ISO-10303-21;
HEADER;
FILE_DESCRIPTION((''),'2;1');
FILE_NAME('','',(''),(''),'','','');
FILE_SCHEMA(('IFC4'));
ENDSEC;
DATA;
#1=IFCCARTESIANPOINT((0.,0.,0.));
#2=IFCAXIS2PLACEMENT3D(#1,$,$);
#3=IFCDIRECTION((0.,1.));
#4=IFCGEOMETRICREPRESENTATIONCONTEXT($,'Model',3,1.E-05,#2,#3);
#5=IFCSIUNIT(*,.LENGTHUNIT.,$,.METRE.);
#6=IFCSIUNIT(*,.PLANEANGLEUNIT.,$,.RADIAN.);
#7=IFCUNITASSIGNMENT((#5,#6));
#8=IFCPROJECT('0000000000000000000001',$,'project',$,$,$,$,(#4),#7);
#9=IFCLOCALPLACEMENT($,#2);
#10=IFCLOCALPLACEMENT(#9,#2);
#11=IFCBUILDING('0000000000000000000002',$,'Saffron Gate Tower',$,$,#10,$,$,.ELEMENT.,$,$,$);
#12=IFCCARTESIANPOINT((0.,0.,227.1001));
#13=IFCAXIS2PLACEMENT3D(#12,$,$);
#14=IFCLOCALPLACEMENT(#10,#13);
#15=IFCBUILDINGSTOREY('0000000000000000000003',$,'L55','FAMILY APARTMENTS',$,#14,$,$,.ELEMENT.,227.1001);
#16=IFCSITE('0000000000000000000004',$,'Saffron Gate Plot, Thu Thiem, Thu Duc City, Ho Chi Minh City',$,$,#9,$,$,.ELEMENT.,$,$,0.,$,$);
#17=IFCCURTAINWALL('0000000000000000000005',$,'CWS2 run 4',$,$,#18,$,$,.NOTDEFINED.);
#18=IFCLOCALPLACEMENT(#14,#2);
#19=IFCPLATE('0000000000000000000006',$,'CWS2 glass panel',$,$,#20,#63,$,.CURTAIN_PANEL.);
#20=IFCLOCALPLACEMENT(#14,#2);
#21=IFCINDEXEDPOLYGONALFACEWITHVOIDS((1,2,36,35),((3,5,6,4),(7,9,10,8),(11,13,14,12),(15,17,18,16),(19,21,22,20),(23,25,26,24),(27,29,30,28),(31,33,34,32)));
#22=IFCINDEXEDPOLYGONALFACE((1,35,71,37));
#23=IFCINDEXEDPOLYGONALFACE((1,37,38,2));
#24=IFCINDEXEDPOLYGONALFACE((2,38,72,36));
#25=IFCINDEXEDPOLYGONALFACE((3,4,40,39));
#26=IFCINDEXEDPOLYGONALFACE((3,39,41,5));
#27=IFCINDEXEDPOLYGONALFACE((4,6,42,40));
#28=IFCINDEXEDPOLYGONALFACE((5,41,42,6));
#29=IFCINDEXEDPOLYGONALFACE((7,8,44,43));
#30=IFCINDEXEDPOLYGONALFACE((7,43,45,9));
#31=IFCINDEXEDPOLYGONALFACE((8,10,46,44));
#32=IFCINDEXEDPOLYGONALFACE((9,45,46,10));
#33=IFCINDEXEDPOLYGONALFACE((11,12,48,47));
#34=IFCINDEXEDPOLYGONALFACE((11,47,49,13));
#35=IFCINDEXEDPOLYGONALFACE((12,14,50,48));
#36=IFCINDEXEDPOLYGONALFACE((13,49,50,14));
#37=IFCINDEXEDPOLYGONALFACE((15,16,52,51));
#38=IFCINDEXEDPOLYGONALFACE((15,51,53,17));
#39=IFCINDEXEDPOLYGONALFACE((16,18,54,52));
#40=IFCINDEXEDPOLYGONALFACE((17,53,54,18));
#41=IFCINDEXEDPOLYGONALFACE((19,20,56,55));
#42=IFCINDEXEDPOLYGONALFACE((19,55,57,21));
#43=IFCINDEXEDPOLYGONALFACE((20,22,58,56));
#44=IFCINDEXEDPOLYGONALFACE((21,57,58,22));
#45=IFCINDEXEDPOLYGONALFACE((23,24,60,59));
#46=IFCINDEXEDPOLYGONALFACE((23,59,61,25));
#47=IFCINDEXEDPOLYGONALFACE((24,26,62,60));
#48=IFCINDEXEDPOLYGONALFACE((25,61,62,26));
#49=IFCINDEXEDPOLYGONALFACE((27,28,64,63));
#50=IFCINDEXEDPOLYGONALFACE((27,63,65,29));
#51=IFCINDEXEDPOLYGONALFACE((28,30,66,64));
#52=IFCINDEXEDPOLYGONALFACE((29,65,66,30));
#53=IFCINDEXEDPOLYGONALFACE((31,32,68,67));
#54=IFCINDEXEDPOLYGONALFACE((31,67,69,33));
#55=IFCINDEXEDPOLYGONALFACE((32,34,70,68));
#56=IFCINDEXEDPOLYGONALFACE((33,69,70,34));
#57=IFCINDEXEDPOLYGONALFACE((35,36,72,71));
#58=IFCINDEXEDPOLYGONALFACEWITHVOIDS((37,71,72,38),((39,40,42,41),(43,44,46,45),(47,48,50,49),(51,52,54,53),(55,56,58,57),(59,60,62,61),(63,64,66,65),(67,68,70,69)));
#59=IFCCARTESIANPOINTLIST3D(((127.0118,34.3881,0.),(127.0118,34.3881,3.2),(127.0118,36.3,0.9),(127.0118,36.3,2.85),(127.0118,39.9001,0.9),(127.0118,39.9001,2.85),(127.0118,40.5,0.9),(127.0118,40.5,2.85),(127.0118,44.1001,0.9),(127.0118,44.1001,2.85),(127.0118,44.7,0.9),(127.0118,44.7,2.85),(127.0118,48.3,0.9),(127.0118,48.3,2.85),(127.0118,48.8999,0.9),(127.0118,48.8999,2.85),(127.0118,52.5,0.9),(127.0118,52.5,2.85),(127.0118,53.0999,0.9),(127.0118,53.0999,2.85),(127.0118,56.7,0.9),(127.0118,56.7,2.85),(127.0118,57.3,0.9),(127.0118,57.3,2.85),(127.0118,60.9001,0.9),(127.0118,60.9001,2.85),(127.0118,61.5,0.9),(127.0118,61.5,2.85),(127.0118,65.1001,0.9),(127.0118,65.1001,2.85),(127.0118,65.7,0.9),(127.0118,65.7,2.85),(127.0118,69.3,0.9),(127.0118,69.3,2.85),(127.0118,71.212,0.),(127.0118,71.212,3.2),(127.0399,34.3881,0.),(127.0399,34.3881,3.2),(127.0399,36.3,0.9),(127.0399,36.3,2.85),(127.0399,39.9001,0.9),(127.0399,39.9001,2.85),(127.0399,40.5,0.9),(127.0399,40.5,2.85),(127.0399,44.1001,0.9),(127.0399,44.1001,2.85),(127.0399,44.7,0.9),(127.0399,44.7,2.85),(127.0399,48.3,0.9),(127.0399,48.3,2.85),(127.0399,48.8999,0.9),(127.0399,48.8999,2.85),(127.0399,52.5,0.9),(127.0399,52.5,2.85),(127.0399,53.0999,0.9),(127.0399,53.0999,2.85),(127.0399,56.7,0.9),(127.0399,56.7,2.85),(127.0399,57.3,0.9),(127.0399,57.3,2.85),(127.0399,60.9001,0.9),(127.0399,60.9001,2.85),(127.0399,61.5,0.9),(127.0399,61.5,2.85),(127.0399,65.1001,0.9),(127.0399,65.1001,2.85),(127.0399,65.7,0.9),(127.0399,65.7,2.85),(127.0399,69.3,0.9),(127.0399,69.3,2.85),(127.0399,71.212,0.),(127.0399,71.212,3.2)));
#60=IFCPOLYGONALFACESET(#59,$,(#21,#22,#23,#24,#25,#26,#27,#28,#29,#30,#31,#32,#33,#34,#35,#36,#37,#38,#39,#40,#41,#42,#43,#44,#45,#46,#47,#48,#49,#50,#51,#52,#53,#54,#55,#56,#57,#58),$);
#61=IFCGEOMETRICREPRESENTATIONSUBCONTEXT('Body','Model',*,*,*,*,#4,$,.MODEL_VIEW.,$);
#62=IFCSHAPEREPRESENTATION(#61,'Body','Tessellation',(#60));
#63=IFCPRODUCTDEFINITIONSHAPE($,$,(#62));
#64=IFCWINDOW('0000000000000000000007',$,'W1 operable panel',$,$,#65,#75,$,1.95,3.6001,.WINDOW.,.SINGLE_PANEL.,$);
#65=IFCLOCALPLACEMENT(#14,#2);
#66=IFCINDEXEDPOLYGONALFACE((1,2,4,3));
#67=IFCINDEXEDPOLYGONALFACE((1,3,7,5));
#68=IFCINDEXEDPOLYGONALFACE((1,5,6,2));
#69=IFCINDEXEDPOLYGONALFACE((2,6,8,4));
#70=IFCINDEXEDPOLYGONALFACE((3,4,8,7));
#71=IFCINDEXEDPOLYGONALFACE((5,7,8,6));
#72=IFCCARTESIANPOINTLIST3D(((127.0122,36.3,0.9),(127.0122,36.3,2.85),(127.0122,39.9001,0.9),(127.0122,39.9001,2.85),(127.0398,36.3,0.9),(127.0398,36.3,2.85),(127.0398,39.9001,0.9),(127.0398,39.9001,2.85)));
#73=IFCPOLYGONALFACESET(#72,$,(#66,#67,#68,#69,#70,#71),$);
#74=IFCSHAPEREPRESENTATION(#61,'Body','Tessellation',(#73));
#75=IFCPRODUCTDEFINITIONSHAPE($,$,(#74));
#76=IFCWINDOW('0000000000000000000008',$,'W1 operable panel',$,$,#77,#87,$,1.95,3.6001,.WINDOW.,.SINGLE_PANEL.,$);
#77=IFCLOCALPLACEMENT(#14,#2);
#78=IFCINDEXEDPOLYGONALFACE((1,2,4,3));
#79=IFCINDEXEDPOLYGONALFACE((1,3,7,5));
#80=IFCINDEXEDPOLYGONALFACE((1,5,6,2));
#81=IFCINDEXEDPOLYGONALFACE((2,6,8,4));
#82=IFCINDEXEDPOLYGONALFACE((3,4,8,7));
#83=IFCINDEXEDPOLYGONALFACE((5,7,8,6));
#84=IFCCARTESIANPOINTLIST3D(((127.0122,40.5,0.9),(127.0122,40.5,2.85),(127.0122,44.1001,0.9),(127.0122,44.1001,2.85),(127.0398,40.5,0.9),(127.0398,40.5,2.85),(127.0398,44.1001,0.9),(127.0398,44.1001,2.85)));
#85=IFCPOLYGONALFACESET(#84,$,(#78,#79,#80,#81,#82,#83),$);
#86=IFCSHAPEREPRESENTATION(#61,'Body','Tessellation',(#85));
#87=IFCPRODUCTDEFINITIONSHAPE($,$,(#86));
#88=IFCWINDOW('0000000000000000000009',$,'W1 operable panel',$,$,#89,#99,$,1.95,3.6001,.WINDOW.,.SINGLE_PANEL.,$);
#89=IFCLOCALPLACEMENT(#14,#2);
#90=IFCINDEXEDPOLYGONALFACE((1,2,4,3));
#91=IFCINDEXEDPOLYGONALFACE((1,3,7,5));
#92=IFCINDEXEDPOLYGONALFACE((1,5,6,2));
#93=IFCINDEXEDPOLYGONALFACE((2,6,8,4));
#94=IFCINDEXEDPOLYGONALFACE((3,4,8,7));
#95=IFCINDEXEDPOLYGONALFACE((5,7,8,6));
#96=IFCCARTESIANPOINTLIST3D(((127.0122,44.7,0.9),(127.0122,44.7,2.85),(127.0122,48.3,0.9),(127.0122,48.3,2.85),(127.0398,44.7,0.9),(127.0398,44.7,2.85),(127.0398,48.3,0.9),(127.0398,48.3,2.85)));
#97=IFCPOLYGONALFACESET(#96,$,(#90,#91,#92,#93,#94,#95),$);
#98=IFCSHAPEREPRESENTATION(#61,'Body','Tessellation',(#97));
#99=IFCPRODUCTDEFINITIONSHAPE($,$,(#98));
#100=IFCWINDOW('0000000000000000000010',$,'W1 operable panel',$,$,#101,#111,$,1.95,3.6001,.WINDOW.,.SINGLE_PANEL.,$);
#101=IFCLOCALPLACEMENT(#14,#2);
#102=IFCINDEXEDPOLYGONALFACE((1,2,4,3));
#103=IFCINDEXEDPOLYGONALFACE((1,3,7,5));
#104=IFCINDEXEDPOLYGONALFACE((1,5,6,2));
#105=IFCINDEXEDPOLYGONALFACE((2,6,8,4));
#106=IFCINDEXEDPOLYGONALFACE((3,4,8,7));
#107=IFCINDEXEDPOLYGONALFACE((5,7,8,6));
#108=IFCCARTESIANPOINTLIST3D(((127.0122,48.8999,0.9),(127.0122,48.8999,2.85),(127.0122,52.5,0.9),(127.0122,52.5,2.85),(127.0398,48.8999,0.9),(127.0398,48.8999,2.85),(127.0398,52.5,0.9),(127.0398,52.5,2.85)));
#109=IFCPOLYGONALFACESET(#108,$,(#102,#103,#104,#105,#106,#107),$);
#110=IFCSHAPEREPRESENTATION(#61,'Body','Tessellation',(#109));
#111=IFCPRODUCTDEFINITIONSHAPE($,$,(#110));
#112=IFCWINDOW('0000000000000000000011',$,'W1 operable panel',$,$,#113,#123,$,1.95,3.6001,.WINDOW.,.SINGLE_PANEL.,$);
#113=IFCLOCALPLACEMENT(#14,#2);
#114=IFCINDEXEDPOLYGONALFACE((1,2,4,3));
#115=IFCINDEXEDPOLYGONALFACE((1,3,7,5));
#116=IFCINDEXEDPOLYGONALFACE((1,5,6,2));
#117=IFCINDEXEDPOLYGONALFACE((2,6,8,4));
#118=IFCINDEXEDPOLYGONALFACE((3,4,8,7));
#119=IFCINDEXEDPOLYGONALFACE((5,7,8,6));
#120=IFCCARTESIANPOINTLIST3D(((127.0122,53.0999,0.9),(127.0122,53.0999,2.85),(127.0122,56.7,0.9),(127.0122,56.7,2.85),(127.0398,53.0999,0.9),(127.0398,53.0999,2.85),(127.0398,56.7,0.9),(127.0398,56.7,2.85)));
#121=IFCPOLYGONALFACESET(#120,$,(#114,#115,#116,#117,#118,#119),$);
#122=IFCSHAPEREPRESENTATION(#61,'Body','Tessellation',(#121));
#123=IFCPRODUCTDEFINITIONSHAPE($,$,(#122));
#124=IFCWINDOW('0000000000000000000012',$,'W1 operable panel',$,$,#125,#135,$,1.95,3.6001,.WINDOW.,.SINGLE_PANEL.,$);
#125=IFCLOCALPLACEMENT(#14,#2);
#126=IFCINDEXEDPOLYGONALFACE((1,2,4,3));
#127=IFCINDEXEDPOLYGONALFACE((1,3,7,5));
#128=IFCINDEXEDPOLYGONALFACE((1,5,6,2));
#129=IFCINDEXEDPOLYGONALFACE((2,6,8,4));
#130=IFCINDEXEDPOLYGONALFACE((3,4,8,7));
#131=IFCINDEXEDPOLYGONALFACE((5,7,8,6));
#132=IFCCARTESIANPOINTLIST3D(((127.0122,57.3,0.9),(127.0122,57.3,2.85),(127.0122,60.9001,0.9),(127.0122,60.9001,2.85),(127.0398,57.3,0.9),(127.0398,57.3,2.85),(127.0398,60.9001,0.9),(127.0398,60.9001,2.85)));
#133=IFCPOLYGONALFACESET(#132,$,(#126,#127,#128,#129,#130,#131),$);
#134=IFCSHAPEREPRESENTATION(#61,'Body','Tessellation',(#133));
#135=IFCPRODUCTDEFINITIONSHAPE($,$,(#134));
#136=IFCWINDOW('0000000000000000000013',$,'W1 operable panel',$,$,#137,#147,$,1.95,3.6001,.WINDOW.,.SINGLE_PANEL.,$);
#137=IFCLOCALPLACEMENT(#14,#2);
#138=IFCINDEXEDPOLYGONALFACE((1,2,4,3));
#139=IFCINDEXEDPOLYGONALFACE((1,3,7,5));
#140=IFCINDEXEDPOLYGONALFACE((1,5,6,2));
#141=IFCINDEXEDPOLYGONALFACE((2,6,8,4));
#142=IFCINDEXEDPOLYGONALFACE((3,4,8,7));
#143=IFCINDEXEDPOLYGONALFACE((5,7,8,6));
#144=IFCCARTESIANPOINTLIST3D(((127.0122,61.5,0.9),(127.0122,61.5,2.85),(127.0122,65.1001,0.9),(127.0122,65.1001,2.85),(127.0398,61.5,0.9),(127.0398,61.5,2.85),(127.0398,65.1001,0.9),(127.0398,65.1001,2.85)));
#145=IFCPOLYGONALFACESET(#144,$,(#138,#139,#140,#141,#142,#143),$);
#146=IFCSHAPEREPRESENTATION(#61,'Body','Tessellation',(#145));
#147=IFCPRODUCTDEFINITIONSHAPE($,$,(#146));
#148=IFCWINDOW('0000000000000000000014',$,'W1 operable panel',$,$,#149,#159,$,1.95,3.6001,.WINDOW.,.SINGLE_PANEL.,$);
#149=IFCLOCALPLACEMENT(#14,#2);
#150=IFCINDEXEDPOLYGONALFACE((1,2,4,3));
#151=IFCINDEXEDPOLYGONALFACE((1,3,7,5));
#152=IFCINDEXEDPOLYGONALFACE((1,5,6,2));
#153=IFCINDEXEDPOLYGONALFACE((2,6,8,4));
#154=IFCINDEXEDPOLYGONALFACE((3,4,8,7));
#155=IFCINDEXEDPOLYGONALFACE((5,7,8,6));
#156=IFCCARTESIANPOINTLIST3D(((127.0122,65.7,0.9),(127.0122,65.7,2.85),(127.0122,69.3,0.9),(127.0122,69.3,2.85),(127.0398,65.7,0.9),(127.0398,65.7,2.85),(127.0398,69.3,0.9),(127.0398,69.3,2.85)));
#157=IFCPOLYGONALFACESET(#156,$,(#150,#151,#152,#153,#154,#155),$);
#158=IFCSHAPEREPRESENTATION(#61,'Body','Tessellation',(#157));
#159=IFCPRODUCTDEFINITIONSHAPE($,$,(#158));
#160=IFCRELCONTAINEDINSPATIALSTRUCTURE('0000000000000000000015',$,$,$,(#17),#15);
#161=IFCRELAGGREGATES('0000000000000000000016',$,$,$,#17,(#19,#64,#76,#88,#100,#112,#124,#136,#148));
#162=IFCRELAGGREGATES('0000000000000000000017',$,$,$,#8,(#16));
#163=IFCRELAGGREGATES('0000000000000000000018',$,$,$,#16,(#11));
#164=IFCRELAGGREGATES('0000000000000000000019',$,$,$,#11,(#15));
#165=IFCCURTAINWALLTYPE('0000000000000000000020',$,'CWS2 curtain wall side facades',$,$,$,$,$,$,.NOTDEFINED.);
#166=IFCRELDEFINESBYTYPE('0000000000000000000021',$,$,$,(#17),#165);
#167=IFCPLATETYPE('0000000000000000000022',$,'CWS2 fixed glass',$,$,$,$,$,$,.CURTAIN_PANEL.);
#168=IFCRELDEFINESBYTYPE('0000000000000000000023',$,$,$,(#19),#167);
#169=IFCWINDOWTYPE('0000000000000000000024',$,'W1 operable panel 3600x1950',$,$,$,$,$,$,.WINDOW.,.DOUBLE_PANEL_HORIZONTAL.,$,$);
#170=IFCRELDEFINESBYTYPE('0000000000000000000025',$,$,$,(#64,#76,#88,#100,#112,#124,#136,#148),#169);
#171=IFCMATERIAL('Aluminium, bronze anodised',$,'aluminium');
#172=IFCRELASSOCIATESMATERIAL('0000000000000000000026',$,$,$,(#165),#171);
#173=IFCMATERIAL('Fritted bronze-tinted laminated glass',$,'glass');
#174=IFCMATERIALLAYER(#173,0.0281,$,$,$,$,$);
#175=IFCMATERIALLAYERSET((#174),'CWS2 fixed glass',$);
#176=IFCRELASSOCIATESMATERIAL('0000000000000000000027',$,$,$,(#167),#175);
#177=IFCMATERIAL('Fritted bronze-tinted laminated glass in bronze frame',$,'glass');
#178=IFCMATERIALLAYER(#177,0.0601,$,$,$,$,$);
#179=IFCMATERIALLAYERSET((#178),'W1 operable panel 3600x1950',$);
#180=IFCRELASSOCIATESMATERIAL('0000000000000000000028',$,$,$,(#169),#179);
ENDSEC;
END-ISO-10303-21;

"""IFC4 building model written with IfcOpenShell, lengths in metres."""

from ifc_helpers import new_model, si_unit, direction, frame, frame_2d, origin, place, context, subcontext, project, spatial, rectangle, extrude, material, layer, layer_set, type_object, element, fill, aggregate, save


model = new_model("IFC4")

# Units and contexts
model_context = context("Model", 3, precision=1e-05, world=origin(), true_north=direction((0.0, 1.0)))
body_context = subcontext(model_context, "Body", "Model", "MODEL_VIEW")
ifc_project = project(units=[si_unit("LENGTHUNIT", "METRE"), si_unit("PLANEANGLEUNIT", "RADIAN")], contexts=[model_context])

# Site, building, storey
site_placement = place(None, origin())
site = spatial("IfcSite", under=ifc_project, at=site_placement, Name="Saffron Gate Plot, Thu Thiem, Thu Duc City, Ho Chi Minh City", CompositionType="ELEMENT", RefElevation=0.0)
building_placement = place(site_placement, origin())
building = spatial("IfcBuilding", under=site, at=building_placement, Name="Saffron Gate Tower", CompositionType="ELEMENT")
storey_placement = place(building_placement, frame((0.0, 0.0, 227.1001)))
storey = spatial("IfcBuildingStorey", under=building, at=storey_placement, Name="L55", Description="FAMILY APARTMENTS", CompositionType="ELEMENT", Elevation=227.1001)

# Curtain wall
ifc_material_1 = material(Name="Aluminium, bronze anodised", Category="aluminium")
curtain_wall_type_1 = type_object("IfcCurtainWallType", Name="CWS2 curtain wall side facades", PredefinedType="NOTDEFINED", material=ifc_material_1)
curtain_wall_1_placement = place(storey_placement, origin())
curtain_wall_1 = element("IfcCurtainWall", 1, at=curtain_wall_1_placement, inside=storey, type_object=curtain_wall_type_1, Name="CWS2 run 4", PredefinedType="NOTDEFINED")

# Plate, openings, windows
ifc_material_2 = material(Name="Fritted bronze-tinted laminated glass", Category="glass")
ifc_layer_1 = layer(ifc_material_2, 0.0281)
ifc_layer_set_1 = layer_set([ifc_layer_1], Name="CWS2 fixed glass")
plate_type = type_object("IfcPlateType", Name="CWS2 fixed glass", PredefinedType="CURTAIN_PANEL", material=ifc_layer_set_1)
plate_placement = place(storey_placement, frame((127.0259, 34.3879, 0.0), z_axis=(0.0, 0.0, 1.0), x_axis=(0.0, 1.0, 0.0)))
plate = element("IfcPlate", 2, at=plate_placement, type_object=plate_type, Name="CWS2 glass panel", PredefinedType="CURTAIN_PANEL", context=body_context, shape_type="SweptSolid", body=[
    extrude(rectangle(XDim=36.824, YDim=0.0281, at=frame_2d((18.4121, 0.0))), origin(), (0.0, 0.0, 1.0), 3.2),
])
opening_1_placement = place(plate_placement, frame((1.9121, 0.0, 0.8999)))
opening_1 = element("IfcOpeningElement", 3, at=opening_1_placement, cuts=plate, PredefinedType="OPENING", context=body_context, shape_type="SweptSolid", body=[
    extrude(rectangle(XDim=3.6001, YDim=1.95, at=frame_2d((1.8, 0.9751))), frame((0.0, 0.0239, 0.0), z_axis=(0.0, -1.0, 0.0), x_axis=(1.0, 0.0, 0.0)), (0.0, 0.0, 1.0), 0.0481),
])
opening_2_placement = place(plate_placement, frame((6.1121, 0.0, 0.8999)))
opening_2 = element("IfcOpeningElement", 4, at=opening_2_placement, cuts=plate, PredefinedType="OPENING", context=body_context, shape_type="SweptSolid", body=[
    extrude(rectangle(XDim=3.6001, YDim=1.95, at=frame_2d((1.8, 0.9751))), frame((0.0, 0.0239, 0.0), z_axis=(0.0, -1.0, 0.0), x_axis=(1.0, 0.0, 0.0)), (0.0, 0.0, 1.0), 0.0481),
])
opening_3_placement = place(plate_placement, frame((10.312, 0.0, 0.8999)))
opening_3 = element("IfcOpeningElement", 5, at=opening_3_placement, cuts=plate, PredefinedType="OPENING", context=body_context, shape_type="SweptSolid", body=[
    extrude(rectangle(XDim=3.6001, YDim=1.95, at=frame_2d((1.8, 0.9751))), frame((0.0, 0.0239, 0.0), z_axis=(0.0, -1.0, 0.0), x_axis=(1.0, 0.0, 0.0)), (0.0, 0.0, 1.0), 0.0481),
])
opening_4_placement = place(plate_placement, frame((14.512, 0.0, 0.8999)))
opening_4 = element("IfcOpeningElement", 6, at=opening_4_placement, cuts=plate, PredefinedType="OPENING", context=body_context, shape_type="SweptSolid", body=[
    extrude(rectangle(XDim=3.6001, YDim=1.95, at=frame_2d((1.8, 0.9751))), frame((0.0, 0.0239, 0.0), z_axis=(0.0, -1.0, 0.0), x_axis=(1.0, 0.0, 0.0)), (0.0, 0.0, 1.0), 0.0481),
])
opening_5_placement = place(plate_placement, frame((18.7119, 0.0, 0.8999)))
opening_5 = element("IfcOpeningElement", 7, at=opening_5_placement, cuts=plate, PredefinedType="OPENING", context=body_context, shape_type="SweptSolid", body=[
    extrude(rectangle(XDim=3.6001, YDim=1.95, at=frame_2d((1.8, 0.9751))), frame((0.0, 0.0239, 0.0), z_axis=(0.0, -1.0, 0.0), x_axis=(1.0, 0.0, 0.0)), (0.0, 0.0, 1.0), 0.0481),
])
opening_6_placement = place(plate_placement, frame((22.9121, 0.0, 0.8999)))
opening_6 = element("IfcOpeningElement", 8, at=opening_6_placement, cuts=plate, PredefinedType="OPENING", context=body_context, shape_type="SweptSolid", body=[
    extrude(rectangle(XDim=3.6001, YDim=1.95, at=frame_2d((1.8, 0.9751))), frame((0.0, 0.0239, 0.0), z_axis=(0.0, -1.0, 0.0), x_axis=(1.0, 0.0, 0.0)), (0.0, 0.0, 1.0), 0.0481),
])
opening_7_placement = place(plate_placement, frame((27.1121, 0.0, 0.8999)))
opening_7 = element("IfcOpeningElement", 9, at=opening_7_placement, cuts=plate, PredefinedType="OPENING", context=body_context, shape_type="SweptSolid", body=[
    extrude(rectangle(XDim=3.6001, YDim=1.95, at=frame_2d((1.8, 0.9751))), frame((0.0, 0.0239, 0.0), z_axis=(0.0, -1.0, 0.0), x_axis=(1.0, 0.0, 0.0)), (0.0, 0.0, 1.0), 0.0481),
])
opening_8_placement = place(plate_placement, frame((31.312, 0.0, 0.8999)))
opening_8 = element("IfcOpeningElement", 10, at=opening_8_placement, cuts=plate, PredefinedType="OPENING", context=body_context, shape_type="SweptSolid", body=[
    extrude(rectangle(XDim=3.6001, YDim=1.95, at=frame_2d((1.8, 0.9751))), frame((0.0, 0.0239, 0.0), z_axis=(0.0, -1.0, 0.0), x_axis=(1.0, 0.0, 0.0)), (0.0, 0.0, 1.0), 0.0481),
])
ifc_material_3 = material(Name="Fritted bronze-tinted laminated glass in bronze frame", Category="glass")
ifc_layer_2 = layer(ifc_material_3, 0.0601)
ifc_layer_set_2 = layer_set([ifc_layer_2], Name="W1 operable panel 3600x1950")
window_type = type_object("IfcWindowType", Name="W1 operable panel 3600x1950", PartitioningType="DOUBLE_PANEL_HORIZONTAL", PredefinedType="WINDOW", material=ifc_layer_set_2)
window_1_placement = place(opening_1_placement, origin())
window_1 = element("IfcWindow", 11, at=window_1_placement, type_object=window_type, Name="W1 operable panel", OverallHeight=1.95, OverallWidth=3.6001, PartitioningType="SINGLE_PANEL", PredefinedType="WINDOW", context=body_context, shape_type="SweptSolid", body=[
    extrude(rectangle(XDim=3.6001, YDim=1.95, at=frame_2d((1.8, 0.9751))), frame((0.0, 0.0137, 0.0), z_axis=(0.0, -1.0, 0.0), x_axis=(1.0, 0.0, 0.0)), (0.0, 0.0, 1.0), 0.0276),
])
fill(opening_1, window_1)
window_2_placement = place(opening_2_placement, origin())
window_2 = element("IfcWindow", 12, at=window_2_placement, type_object=window_type, Name="W1 operable panel", OverallHeight=1.95, OverallWidth=3.6001, PartitioningType="SINGLE_PANEL", PredefinedType="WINDOW", context=body_context, shape_type="SweptSolid", body=[
    extrude(rectangle(XDim=3.6001, YDim=1.95, at=frame_2d((1.8, 0.9751))), frame((0.0, 0.0137, 0.0), z_axis=(0.0, -1.0, 0.0), x_axis=(1.0, 0.0, 0.0)), (0.0, 0.0, 1.0), 0.0276),
])
fill(opening_2, window_2)
window_3_placement = place(opening_3_placement, origin())
window_3 = element("IfcWindow", 13, at=window_3_placement, type_object=window_type, Name="W1 operable panel", OverallHeight=1.95, OverallWidth=3.6001, PartitioningType="SINGLE_PANEL", PredefinedType="WINDOW", context=body_context, shape_type="SweptSolid", body=[
    extrude(rectangle(XDim=3.6001, YDim=1.95, at=frame_2d((1.8, 0.9751))), frame((0.0, 0.0137, 0.0), z_axis=(0.0, -1.0, 0.0), x_axis=(1.0, 0.0, 0.0)), (0.0, 0.0, 1.0), 0.0276),
])
fill(opening_3, window_3)
window_4_placement = place(opening_4_placement, origin())
window_4 = element("IfcWindow", 14, at=window_4_placement, type_object=window_type, Name="W1 operable panel", OverallHeight=1.95, OverallWidth=3.6001, PartitioningType="SINGLE_PANEL", PredefinedType="WINDOW", context=body_context, shape_type="SweptSolid", body=[
    extrude(rectangle(XDim=3.6001, YDim=1.95, at=frame_2d((1.8, 0.9751))), frame((0.0, 0.0137, 0.0), z_axis=(0.0, -1.0, 0.0), x_axis=(1.0, 0.0, 0.0)), (0.0, 0.0, 1.0), 0.0276),
])
fill(opening_4, window_4)
window_5_placement = place(opening_5_placement, origin())
window_5 = element("IfcWindow", 15, at=window_5_placement, type_object=window_type, Name="W1 operable panel", OverallHeight=1.95, OverallWidth=3.6001, PartitioningType="SINGLE_PANEL", PredefinedType="WINDOW", context=body_context, shape_type="SweptSolid", body=[
    extrude(rectangle(XDim=3.6001, YDim=1.95, at=frame_2d((1.8, 0.9751))), frame((0.0, 0.0137, 0.0), z_axis=(0.0, -1.0, 0.0), x_axis=(1.0, 0.0, 0.0)), (0.0, 0.0, 1.0), 0.0276),
])
fill(opening_5, window_5)
window_6_placement = place(opening_6_placement, origin())
window_6 = element("IfcWindow", 16, at=window_6_placement, type_object=window_type, Name="W1 operable panel", OverallHeight=1.95, OverallWidth=3.6001, PartitioningType="SINGLE_PANEL", PredefinedType="WINDOW", context=body_context, shape_type="SweptSolid", body=[
    extrude(rectangle(XDim=3.6001, YDim=1.95, at=frame_2d((1.8, 0.9751))), frame((0.0, 0.0137, 0.0), z_axis=(0.0, -1.0, 0.0), x_axis=(1.0, 0.0, 0.0)), (0.0, 0.0, 1.0), 0.0276),
])
fill(opening_6, window_6)
window_7_placement = place(opening_7_placement, origin())
window_7 = element("IfcWindow", 17, at=window_7_placement, type_object=window_type, Name="W1 operable panel", OverallHeight=1.95, OverallWidth=3.6001, PartitioningType="SINGLE_PANEL", PredefinedType="WINDOW", context=body_context, shape_type="SweptSolid", body=[
    extrude(rectangle(XDim=3.6001, YDim=1.95, at=frame_2d((1.8, 0.9751))), frame((0.0, 0.0137, 0.0), z_axis=(0.0, -1.0, 0.0), x_axis=(1.0, 0.0, 0.0)), (0.0, 0.0, 1.0), 0.0276),
])
fill(opening_7, window_7)
window_8_placement = place(opening_8_placement, origin())
window_8 = element("IfcWindow", 18, at=window_8_placement, type_object=window_type, Name="W1 operable panel", OverallHeight=1.95, OverallWidth=3.6001, PartitioningType="SINGLE_PANEL", PredefinedType="WINDOW", context=body_context, shape_type="SweptSolid", body=[
    extrude(rectangle(XDim=3.6001, YDim=1.95, at=frame_2d((1.8, 0.9751))), frame((0.0, 0.0137, 0.0), z_axis=(0.0, -1.0, 0.0), x_axis=(1.0, 0.0, 0.0)), (0.0, 0.0, 1.0), 0.0276),
])
fill(opening_8, window_8)
aggregate(curtain_wall_1, [plate, window_1, window_2, window_3, window_4, window_5, window_6, window_7, window_8])

save(model, "model.ifc")
